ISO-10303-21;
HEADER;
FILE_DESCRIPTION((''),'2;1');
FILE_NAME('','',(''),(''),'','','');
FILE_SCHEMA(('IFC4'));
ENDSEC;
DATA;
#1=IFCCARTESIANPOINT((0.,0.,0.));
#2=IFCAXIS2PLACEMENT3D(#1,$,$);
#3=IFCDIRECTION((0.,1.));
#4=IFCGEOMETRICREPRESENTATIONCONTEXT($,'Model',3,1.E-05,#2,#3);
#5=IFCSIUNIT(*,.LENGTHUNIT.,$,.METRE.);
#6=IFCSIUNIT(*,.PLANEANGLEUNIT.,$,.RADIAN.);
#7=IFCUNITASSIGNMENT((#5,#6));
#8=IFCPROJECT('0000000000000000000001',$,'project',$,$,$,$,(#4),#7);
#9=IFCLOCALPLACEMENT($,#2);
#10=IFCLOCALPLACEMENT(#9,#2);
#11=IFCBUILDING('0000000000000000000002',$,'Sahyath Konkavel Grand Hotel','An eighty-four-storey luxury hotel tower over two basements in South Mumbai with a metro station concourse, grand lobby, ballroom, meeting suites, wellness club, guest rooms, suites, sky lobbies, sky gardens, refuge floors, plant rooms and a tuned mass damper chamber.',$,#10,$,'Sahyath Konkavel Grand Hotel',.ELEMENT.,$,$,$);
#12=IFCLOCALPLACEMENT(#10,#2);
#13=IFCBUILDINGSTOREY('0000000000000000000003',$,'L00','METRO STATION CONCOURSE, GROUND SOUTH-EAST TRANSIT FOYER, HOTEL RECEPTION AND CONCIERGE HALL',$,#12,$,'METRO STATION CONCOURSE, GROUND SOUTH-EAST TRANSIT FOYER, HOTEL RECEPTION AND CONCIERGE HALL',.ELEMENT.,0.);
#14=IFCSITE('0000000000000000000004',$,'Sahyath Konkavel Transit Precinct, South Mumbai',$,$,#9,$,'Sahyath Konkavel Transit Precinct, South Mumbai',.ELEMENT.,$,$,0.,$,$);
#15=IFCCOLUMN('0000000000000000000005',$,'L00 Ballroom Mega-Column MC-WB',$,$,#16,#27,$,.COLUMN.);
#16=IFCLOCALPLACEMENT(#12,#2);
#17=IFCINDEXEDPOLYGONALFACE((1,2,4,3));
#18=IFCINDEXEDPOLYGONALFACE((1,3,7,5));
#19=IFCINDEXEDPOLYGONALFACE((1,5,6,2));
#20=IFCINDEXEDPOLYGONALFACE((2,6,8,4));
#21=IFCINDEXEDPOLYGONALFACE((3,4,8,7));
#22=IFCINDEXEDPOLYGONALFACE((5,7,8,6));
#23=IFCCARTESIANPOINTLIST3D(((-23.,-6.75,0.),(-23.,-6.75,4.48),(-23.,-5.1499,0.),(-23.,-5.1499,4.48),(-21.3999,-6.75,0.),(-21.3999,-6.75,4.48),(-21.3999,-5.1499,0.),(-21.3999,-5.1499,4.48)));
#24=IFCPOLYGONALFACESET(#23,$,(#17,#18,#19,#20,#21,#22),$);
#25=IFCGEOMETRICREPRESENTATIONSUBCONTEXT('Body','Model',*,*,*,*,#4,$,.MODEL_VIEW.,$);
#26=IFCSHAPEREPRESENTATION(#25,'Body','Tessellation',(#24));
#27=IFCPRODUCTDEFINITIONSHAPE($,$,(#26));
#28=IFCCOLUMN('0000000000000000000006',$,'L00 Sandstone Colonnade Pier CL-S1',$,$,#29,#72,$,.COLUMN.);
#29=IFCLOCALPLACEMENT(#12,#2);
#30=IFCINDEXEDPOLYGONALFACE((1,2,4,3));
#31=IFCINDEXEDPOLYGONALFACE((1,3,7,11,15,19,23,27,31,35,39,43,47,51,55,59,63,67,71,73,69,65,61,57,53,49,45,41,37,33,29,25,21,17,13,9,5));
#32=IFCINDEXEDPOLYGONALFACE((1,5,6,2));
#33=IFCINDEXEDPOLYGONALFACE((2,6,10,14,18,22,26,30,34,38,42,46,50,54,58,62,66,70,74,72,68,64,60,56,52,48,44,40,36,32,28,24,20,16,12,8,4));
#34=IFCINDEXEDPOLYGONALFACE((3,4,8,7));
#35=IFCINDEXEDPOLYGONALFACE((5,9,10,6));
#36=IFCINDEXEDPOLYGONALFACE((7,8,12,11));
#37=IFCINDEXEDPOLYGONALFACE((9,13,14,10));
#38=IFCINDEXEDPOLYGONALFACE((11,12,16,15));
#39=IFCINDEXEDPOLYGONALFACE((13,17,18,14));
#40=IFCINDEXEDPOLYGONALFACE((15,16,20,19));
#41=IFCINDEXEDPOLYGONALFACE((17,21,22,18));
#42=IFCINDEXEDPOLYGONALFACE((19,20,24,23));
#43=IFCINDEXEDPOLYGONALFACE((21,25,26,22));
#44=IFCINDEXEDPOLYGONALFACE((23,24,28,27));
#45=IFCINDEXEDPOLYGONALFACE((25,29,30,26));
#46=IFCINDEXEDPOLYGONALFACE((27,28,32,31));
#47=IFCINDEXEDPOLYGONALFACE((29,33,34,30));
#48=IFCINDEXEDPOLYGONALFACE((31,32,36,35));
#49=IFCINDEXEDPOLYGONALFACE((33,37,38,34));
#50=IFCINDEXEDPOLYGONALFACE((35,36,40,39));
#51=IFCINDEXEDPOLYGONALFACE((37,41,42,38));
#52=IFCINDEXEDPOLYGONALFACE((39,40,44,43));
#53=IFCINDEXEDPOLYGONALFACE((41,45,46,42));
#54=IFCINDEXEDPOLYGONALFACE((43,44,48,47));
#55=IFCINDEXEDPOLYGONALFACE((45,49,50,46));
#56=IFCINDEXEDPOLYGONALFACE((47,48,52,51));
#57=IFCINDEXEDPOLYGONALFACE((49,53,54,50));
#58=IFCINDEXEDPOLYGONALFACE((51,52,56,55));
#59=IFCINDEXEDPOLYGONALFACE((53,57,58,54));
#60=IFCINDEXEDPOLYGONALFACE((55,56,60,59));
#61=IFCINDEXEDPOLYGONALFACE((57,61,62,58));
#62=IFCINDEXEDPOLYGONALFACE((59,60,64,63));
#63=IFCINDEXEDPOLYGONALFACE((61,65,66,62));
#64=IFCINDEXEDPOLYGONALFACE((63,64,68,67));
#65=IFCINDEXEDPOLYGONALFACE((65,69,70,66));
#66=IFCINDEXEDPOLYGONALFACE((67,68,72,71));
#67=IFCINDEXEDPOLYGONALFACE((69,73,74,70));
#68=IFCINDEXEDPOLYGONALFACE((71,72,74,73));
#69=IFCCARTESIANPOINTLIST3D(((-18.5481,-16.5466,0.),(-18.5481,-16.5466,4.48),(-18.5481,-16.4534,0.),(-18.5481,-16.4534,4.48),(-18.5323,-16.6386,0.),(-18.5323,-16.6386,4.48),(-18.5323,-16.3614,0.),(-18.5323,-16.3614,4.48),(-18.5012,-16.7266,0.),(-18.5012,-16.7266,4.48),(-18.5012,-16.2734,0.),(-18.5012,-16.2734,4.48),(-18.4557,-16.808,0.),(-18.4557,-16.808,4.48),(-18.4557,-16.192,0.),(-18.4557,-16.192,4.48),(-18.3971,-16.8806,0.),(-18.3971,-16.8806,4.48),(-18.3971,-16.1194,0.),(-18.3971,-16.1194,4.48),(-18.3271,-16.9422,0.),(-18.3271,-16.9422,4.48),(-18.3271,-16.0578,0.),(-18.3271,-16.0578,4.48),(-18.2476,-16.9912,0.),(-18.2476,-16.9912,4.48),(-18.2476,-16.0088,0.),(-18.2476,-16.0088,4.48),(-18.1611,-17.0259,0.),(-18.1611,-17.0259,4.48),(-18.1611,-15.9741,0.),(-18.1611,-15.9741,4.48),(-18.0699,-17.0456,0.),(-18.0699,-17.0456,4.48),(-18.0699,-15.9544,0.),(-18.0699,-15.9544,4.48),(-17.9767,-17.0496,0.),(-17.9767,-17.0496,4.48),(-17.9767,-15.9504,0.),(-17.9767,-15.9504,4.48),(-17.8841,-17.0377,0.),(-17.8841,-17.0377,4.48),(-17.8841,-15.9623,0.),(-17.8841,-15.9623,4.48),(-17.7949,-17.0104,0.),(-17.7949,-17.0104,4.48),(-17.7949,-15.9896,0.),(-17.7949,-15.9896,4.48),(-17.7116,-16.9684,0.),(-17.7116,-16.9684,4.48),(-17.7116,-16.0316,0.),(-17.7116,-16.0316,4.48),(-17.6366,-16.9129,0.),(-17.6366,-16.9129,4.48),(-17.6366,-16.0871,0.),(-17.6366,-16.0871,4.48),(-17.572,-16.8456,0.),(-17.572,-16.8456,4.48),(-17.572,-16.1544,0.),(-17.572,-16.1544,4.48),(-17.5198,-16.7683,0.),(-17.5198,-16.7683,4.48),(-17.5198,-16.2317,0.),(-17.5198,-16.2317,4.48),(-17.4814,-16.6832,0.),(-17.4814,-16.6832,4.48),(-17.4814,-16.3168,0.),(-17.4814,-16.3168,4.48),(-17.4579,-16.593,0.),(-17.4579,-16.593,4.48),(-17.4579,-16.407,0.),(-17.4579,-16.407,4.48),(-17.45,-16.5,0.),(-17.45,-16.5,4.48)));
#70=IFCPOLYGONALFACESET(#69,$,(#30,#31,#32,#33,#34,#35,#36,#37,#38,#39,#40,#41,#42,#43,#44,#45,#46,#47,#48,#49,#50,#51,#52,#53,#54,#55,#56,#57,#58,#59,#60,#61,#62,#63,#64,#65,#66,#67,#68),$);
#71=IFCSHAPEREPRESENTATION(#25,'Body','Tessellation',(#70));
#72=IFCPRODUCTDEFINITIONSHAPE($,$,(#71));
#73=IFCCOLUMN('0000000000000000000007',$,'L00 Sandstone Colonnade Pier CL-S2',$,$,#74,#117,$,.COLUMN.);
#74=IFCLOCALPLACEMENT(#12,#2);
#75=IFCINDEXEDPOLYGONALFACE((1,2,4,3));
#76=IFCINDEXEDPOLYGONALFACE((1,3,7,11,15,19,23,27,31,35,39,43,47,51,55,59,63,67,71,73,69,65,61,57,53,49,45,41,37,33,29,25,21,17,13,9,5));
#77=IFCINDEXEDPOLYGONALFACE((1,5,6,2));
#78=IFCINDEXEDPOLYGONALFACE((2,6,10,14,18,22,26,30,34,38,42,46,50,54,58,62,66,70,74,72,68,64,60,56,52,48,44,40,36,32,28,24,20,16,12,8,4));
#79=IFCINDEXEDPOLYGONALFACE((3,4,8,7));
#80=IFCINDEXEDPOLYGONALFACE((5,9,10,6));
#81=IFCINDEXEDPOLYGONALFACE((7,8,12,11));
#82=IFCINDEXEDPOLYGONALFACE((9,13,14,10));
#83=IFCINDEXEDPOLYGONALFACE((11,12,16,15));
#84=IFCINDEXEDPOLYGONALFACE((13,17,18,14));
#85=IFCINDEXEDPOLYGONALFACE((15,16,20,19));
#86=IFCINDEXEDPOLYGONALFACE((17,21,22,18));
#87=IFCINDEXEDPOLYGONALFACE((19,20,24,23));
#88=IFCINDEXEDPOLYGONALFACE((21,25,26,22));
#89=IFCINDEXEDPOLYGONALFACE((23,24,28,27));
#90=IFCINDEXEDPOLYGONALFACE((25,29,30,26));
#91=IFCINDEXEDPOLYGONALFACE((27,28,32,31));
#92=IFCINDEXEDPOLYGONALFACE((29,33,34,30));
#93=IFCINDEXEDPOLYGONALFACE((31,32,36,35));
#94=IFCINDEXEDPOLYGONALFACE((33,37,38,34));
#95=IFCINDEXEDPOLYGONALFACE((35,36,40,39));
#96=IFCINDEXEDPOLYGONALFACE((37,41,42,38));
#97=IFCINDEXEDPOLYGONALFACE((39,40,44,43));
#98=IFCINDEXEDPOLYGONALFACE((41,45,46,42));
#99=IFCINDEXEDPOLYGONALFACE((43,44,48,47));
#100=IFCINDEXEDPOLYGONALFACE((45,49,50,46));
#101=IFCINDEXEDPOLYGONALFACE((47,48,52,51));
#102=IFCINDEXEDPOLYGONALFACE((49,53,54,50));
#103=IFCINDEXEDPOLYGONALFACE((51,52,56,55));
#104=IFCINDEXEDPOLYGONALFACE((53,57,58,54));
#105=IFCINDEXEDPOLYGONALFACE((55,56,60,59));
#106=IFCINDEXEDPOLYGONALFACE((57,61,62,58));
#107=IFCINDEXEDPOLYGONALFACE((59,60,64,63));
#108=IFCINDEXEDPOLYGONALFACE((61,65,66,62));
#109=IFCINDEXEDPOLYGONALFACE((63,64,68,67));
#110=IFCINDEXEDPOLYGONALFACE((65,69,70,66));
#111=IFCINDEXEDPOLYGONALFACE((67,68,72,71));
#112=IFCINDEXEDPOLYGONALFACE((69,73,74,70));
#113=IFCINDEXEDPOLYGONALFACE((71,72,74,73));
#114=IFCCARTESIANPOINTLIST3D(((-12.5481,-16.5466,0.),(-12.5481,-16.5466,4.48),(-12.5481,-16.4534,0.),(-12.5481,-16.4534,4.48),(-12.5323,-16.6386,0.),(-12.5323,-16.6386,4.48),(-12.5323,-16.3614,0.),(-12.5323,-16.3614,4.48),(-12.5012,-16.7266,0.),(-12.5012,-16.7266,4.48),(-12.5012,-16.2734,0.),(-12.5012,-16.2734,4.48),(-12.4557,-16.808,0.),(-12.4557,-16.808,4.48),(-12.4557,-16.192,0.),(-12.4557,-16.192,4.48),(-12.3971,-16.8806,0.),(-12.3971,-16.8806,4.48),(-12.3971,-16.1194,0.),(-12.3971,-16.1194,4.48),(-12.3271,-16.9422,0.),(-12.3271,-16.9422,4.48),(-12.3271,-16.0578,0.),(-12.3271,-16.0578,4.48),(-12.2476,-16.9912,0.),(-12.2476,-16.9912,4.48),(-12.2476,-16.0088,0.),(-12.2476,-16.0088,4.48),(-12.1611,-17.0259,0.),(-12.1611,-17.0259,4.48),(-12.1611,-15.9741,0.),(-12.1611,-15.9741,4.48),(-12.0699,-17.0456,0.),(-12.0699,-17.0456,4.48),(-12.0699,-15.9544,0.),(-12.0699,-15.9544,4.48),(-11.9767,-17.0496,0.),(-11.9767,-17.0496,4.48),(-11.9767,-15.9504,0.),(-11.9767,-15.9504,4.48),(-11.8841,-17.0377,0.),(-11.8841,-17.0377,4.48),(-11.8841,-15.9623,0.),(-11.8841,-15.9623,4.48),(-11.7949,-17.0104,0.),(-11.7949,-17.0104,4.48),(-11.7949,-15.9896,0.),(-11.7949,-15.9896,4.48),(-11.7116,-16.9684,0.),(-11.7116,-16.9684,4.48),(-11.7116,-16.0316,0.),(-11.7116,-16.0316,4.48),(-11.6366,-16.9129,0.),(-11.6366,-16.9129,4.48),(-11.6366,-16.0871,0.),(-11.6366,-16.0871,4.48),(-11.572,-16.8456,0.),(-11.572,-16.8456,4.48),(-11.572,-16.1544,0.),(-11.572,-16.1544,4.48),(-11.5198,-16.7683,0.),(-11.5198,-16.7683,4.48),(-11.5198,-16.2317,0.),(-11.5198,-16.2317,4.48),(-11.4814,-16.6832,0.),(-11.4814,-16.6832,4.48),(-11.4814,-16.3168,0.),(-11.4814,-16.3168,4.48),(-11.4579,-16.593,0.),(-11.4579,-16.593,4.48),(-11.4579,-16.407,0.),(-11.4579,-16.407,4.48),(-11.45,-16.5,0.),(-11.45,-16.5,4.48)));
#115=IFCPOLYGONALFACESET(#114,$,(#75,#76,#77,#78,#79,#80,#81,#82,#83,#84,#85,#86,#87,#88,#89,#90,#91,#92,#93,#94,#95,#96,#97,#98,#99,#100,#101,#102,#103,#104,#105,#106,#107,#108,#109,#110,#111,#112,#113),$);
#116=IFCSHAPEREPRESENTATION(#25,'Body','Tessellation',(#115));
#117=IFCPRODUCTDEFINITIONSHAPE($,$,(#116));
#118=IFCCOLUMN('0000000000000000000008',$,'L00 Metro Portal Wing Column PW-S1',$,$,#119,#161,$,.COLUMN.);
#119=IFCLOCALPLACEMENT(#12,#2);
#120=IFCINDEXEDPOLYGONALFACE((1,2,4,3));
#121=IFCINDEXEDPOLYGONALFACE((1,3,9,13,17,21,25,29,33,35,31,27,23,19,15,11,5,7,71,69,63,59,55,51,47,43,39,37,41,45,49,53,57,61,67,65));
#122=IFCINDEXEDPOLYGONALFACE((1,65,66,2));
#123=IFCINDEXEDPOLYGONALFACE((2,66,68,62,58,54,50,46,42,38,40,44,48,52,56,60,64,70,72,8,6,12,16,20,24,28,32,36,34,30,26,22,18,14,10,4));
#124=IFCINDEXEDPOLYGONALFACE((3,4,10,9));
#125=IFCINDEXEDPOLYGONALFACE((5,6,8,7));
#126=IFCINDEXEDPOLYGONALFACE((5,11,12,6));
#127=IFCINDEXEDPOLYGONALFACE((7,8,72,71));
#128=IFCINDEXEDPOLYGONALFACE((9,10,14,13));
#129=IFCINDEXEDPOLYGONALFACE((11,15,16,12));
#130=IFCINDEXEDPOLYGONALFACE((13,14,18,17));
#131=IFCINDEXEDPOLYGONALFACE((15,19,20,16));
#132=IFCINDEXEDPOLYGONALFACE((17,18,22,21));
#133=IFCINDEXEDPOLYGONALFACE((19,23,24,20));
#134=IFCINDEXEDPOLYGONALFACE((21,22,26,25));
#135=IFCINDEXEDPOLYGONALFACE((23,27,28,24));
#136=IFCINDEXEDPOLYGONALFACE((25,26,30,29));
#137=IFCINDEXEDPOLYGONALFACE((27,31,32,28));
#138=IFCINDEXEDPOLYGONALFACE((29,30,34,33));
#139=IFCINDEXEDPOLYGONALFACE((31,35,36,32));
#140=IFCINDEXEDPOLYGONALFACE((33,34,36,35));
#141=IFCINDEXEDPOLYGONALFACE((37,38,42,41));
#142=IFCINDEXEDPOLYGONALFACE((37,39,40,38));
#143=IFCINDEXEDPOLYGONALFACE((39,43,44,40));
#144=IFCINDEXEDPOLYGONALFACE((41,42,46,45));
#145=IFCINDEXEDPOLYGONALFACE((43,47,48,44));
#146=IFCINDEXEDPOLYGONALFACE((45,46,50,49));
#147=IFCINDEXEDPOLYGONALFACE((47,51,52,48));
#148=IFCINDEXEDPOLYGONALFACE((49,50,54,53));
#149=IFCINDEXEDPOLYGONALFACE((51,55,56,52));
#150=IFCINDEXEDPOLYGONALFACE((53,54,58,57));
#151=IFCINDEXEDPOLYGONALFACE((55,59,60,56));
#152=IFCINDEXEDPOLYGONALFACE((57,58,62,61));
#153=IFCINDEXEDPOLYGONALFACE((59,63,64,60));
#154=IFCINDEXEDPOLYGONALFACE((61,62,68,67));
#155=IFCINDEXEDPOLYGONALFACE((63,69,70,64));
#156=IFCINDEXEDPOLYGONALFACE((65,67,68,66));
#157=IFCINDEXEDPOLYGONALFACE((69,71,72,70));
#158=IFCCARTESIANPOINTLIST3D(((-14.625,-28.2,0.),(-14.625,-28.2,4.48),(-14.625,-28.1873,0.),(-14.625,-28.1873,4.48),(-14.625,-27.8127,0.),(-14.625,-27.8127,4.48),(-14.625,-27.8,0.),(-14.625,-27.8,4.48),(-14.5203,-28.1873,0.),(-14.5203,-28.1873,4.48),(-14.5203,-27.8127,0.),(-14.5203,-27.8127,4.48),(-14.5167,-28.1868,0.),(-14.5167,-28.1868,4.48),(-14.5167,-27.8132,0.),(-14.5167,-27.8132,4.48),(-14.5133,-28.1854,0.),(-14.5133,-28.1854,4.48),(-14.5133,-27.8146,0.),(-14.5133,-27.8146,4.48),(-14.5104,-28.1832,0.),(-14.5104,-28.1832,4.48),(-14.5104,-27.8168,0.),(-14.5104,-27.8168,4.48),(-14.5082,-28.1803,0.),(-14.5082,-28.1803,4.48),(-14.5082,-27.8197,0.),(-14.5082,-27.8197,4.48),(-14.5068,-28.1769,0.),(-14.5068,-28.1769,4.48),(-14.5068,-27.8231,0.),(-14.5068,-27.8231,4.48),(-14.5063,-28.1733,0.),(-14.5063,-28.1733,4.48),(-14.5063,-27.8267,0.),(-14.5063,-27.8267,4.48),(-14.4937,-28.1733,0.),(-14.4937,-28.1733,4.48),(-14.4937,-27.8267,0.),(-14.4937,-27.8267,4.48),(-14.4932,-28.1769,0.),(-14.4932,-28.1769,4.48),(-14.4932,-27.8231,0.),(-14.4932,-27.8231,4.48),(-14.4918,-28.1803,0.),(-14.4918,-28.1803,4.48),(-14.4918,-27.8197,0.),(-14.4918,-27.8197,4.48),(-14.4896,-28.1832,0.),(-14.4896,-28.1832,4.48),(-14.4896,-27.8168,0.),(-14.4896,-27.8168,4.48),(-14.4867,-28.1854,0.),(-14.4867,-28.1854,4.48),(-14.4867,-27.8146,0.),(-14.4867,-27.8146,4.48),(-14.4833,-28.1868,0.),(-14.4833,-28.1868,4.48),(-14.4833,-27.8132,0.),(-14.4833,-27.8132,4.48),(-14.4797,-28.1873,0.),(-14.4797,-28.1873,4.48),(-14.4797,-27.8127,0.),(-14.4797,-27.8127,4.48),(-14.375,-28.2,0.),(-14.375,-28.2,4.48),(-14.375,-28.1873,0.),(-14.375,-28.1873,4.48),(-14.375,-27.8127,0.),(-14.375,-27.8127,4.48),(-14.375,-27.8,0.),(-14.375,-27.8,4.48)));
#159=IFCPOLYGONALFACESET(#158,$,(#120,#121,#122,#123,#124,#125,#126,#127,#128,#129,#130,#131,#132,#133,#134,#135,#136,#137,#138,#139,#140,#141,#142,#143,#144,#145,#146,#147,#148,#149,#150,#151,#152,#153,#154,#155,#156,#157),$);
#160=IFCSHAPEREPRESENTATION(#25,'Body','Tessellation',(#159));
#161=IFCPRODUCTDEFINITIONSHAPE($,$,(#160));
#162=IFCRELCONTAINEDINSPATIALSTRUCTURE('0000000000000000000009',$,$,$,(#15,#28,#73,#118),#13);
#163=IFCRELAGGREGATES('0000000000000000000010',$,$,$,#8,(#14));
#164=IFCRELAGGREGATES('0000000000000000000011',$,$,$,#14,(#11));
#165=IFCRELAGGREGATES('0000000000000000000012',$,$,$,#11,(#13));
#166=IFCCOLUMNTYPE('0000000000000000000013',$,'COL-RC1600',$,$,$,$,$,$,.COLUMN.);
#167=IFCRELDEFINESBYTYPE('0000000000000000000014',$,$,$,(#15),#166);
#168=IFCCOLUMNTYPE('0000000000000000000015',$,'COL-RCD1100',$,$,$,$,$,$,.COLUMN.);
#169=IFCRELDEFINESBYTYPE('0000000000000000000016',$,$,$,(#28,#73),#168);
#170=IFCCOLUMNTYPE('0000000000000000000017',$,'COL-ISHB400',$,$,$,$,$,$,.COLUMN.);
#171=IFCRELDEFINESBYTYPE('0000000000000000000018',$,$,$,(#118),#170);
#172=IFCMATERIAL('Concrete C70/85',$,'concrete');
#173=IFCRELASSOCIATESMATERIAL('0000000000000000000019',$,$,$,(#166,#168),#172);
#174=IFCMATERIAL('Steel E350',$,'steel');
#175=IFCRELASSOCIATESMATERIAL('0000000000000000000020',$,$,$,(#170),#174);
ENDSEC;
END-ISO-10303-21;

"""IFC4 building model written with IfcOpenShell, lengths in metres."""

from ifc_helpers import new_model, si_unit, direction, frame, origin, origin_2d, place, context, subcontext, project, spatial, rectangle, circle, i_section, extrude, source, transform, mapped, material, material_profile, profile_set, type_object, element, save


model = new_model("IFC4")

# Units and contexts
model_context = context("Model", 3, precision=1e-05, world=origin(), true_north=direction((0.0, 1.0)))
body_context = subcontext(model_context, "Body", "Model", "MODEL_VIEW")
ifc_project = project(units=[si_unit("LENGTHUNIT", "METRE"), si_unit("PLANEANGLEUNIT", "RADIAN")], contexts=[model_context])

# Site, building, storey
site_placement = place(None, origin())
site = spatial("IfcSite", under=ifc_project, at=site_placement, Name="Sahyath Konkavel Transit Precinct, South Mumbai", LongName="Sahyath Konkavel Transit Precinct, South Mumbai", CompositionType="ELEMENT", RefElevation=0.0)
building_placement = place(site_placement, origin())
building = spatial("IfcBuilding", under=site, at=building_placement, Name="Sahyath Konkavel Grand Hotel", Description="An eighty-four-storey luxury hotel tower over two basements in South Mumbai with a metro station concourse, grand lobby, ballroom, meeting suites, wellness club, guest rooms, suites, sky lobbies, sky gardens, refuge floors, plant rooms and a tuned mass damper chamber.", LongName="Sahyath Konkavel Grand Hotel", CompositionType="ELEMENT")
storey_placement = place(building_placement, origin())
storey = spatial("IfcBuildingStorey", under=building, at=storey_placement, Name="L00", Description="METRO STATION CONCOURSE, GROUND SOUTH-EAST TRANSIT FOYER, HOTEL RECEPTION AND CONCIERGE HALL", LongName="METRO STATION CONCOURSE, GROUND SOUTH-EAST TRANSIT FOYER, HOTEL RECEPTION AND CONCIERGE HALL", CompositionType="ELEMENT", Elevation=0.0)

# Columns
ifc_material_1 = material(Name="Concrete C70/85", Category="concrete")
ifc_material_profile_1 = material_profile(ifc_material_1, rectangle(XDim=1.6001, YDim=1.6001, at=origin_2d()), Name="RC 1600x1600")
ifc_profile_set_1 = profile_set([ifc_material_profile_1], Name="Concrete C70/85")
column_type_1 = type_object("IfcColumnType", Name="COL-RC1600", PredefinedType="COLUMN", material=ifc_profile_set_1)
shared_shape_1 = source(origin(), body_context, "Body", "SweptSolid", [
    extrude(rectangle(XDim=1.6001, YDim=1.6001, at=origin_2d()), origin(), (0.0, 0.0, 1.0), 4.48),
])
column_1_placement = place(storey_placement, frame((-22.2, -5.95, 0.0), z_axis=(0.0, 0.0, 1.0), x_axis=(1.0, 0.0, 0.0)))
element("IfcColumn", 1, at=column_1_placement, inside=storey, type_object=column_type_1, Name="L00 Ballroom Mega-Column MC-WB", PredefinedType="COLUMN", context=body_context, shape_type="MappedRepresentation", body=[
    mapped(shared_shape_1, transform((0.0, 0.0, 0.0), scale=1.0)),
])
ifc_material_profile_2 = material_profile(ifc_material_1, circle(Radius=0.55, at=origin_2d()), Name="RC D1100")
ifc_profile_set_2 = profile_set([ifc_material_profile_2], Name="Concrete C70/85")
column_type_2 = type_object("IfcColumnType", Name="COL-RCD1100", PredefinedType="COLUMN", material=ifc_profile_set_2)
shared_shape_2 = source(origin(), body_context, "Body", "SweptSolid", [
    extrude(circle(Radius=0.55, at=origin_2d()), origin(), (0.0, 0.0, 1.0), 4.48),
])
for number, where, z_axis, x_axis, name in (
    (2, (-18.0, -16.5, 0.0), (0.0, 0.0, 1.0), (1.0, 0.0, 0.0), "L00 Sandstone Colonnade Pier CL-S1"),
    (3, (-12.0, -16.5, 0.0), (0.0, 0.0, 1.0), (1.0, 0.0, 0.0), "L00 Sandstone Colonnade Pier CL-S2"),
):
    element("IfcColumn", number, at=place(storey_placement, frame(where, z_axis=z_axis, x_axis=x_axis)), inside=storey, type_object=column_type_2, Name=name, PredefinedType="COLUMN", context=body_context, shape_type="MappedRepresentation", body=[
        mapped(shared_shape_2, transform((0.0, 0.0, 0.0), scale=1.0)),
    ])
ifc_material_2 = material(Name="Steel E350", Category="steel")
ifc_material_profile_3 = material_profile(ifc_material_2, i_section(OverallWidth=0.25, OverallDepth=0.3999, WebThickness=0.0127, FlangeThickness=0.0127, FilletRadius=0.0139, at=origin_2d()), Name="ISHB 400")
ifc_profile_set_3 = profile_set([ifc_material_profile_3], Name="Steel E350")
column_type_3 = type_object("IfcColumnType", Name="COL-ISHB400", PredefinedType="COLUMN", material=ifc_profile_set_3)
shared_shape_3 = source(origin(), body_context, "Body", "SweptSolid", [
    extrude(i_section(OverallWidth=0.25, OverallDepth=0.3999, WebThickness=0.0127, FlangeThickness=0.0127, FilletRadius=0.0139, at=origin_2d()), origin(), (0.0, 0.0, 1.0), 4.48),
])
column_2_placement = place(storey_placement, frame((-14.5, -28.0, 0.0), z_axis=(0.0, 0.0, 1.0), x_axis=(1.0, 0.0, 0.0)))
element("IfcColumn", 4, at=column_2_placement, inside=storey, type_object=column_type_3, Name="L00 Metro Portal Wing Column PW-S1", PredefinedType="COLUMN", context=body_context, shape_type="MappedRepresentation", body=[
    mapped(shared_shape_3, transform((0.0, 0.0, 0.0), scale=1.0)),
])

save(model, "model.ifc")
